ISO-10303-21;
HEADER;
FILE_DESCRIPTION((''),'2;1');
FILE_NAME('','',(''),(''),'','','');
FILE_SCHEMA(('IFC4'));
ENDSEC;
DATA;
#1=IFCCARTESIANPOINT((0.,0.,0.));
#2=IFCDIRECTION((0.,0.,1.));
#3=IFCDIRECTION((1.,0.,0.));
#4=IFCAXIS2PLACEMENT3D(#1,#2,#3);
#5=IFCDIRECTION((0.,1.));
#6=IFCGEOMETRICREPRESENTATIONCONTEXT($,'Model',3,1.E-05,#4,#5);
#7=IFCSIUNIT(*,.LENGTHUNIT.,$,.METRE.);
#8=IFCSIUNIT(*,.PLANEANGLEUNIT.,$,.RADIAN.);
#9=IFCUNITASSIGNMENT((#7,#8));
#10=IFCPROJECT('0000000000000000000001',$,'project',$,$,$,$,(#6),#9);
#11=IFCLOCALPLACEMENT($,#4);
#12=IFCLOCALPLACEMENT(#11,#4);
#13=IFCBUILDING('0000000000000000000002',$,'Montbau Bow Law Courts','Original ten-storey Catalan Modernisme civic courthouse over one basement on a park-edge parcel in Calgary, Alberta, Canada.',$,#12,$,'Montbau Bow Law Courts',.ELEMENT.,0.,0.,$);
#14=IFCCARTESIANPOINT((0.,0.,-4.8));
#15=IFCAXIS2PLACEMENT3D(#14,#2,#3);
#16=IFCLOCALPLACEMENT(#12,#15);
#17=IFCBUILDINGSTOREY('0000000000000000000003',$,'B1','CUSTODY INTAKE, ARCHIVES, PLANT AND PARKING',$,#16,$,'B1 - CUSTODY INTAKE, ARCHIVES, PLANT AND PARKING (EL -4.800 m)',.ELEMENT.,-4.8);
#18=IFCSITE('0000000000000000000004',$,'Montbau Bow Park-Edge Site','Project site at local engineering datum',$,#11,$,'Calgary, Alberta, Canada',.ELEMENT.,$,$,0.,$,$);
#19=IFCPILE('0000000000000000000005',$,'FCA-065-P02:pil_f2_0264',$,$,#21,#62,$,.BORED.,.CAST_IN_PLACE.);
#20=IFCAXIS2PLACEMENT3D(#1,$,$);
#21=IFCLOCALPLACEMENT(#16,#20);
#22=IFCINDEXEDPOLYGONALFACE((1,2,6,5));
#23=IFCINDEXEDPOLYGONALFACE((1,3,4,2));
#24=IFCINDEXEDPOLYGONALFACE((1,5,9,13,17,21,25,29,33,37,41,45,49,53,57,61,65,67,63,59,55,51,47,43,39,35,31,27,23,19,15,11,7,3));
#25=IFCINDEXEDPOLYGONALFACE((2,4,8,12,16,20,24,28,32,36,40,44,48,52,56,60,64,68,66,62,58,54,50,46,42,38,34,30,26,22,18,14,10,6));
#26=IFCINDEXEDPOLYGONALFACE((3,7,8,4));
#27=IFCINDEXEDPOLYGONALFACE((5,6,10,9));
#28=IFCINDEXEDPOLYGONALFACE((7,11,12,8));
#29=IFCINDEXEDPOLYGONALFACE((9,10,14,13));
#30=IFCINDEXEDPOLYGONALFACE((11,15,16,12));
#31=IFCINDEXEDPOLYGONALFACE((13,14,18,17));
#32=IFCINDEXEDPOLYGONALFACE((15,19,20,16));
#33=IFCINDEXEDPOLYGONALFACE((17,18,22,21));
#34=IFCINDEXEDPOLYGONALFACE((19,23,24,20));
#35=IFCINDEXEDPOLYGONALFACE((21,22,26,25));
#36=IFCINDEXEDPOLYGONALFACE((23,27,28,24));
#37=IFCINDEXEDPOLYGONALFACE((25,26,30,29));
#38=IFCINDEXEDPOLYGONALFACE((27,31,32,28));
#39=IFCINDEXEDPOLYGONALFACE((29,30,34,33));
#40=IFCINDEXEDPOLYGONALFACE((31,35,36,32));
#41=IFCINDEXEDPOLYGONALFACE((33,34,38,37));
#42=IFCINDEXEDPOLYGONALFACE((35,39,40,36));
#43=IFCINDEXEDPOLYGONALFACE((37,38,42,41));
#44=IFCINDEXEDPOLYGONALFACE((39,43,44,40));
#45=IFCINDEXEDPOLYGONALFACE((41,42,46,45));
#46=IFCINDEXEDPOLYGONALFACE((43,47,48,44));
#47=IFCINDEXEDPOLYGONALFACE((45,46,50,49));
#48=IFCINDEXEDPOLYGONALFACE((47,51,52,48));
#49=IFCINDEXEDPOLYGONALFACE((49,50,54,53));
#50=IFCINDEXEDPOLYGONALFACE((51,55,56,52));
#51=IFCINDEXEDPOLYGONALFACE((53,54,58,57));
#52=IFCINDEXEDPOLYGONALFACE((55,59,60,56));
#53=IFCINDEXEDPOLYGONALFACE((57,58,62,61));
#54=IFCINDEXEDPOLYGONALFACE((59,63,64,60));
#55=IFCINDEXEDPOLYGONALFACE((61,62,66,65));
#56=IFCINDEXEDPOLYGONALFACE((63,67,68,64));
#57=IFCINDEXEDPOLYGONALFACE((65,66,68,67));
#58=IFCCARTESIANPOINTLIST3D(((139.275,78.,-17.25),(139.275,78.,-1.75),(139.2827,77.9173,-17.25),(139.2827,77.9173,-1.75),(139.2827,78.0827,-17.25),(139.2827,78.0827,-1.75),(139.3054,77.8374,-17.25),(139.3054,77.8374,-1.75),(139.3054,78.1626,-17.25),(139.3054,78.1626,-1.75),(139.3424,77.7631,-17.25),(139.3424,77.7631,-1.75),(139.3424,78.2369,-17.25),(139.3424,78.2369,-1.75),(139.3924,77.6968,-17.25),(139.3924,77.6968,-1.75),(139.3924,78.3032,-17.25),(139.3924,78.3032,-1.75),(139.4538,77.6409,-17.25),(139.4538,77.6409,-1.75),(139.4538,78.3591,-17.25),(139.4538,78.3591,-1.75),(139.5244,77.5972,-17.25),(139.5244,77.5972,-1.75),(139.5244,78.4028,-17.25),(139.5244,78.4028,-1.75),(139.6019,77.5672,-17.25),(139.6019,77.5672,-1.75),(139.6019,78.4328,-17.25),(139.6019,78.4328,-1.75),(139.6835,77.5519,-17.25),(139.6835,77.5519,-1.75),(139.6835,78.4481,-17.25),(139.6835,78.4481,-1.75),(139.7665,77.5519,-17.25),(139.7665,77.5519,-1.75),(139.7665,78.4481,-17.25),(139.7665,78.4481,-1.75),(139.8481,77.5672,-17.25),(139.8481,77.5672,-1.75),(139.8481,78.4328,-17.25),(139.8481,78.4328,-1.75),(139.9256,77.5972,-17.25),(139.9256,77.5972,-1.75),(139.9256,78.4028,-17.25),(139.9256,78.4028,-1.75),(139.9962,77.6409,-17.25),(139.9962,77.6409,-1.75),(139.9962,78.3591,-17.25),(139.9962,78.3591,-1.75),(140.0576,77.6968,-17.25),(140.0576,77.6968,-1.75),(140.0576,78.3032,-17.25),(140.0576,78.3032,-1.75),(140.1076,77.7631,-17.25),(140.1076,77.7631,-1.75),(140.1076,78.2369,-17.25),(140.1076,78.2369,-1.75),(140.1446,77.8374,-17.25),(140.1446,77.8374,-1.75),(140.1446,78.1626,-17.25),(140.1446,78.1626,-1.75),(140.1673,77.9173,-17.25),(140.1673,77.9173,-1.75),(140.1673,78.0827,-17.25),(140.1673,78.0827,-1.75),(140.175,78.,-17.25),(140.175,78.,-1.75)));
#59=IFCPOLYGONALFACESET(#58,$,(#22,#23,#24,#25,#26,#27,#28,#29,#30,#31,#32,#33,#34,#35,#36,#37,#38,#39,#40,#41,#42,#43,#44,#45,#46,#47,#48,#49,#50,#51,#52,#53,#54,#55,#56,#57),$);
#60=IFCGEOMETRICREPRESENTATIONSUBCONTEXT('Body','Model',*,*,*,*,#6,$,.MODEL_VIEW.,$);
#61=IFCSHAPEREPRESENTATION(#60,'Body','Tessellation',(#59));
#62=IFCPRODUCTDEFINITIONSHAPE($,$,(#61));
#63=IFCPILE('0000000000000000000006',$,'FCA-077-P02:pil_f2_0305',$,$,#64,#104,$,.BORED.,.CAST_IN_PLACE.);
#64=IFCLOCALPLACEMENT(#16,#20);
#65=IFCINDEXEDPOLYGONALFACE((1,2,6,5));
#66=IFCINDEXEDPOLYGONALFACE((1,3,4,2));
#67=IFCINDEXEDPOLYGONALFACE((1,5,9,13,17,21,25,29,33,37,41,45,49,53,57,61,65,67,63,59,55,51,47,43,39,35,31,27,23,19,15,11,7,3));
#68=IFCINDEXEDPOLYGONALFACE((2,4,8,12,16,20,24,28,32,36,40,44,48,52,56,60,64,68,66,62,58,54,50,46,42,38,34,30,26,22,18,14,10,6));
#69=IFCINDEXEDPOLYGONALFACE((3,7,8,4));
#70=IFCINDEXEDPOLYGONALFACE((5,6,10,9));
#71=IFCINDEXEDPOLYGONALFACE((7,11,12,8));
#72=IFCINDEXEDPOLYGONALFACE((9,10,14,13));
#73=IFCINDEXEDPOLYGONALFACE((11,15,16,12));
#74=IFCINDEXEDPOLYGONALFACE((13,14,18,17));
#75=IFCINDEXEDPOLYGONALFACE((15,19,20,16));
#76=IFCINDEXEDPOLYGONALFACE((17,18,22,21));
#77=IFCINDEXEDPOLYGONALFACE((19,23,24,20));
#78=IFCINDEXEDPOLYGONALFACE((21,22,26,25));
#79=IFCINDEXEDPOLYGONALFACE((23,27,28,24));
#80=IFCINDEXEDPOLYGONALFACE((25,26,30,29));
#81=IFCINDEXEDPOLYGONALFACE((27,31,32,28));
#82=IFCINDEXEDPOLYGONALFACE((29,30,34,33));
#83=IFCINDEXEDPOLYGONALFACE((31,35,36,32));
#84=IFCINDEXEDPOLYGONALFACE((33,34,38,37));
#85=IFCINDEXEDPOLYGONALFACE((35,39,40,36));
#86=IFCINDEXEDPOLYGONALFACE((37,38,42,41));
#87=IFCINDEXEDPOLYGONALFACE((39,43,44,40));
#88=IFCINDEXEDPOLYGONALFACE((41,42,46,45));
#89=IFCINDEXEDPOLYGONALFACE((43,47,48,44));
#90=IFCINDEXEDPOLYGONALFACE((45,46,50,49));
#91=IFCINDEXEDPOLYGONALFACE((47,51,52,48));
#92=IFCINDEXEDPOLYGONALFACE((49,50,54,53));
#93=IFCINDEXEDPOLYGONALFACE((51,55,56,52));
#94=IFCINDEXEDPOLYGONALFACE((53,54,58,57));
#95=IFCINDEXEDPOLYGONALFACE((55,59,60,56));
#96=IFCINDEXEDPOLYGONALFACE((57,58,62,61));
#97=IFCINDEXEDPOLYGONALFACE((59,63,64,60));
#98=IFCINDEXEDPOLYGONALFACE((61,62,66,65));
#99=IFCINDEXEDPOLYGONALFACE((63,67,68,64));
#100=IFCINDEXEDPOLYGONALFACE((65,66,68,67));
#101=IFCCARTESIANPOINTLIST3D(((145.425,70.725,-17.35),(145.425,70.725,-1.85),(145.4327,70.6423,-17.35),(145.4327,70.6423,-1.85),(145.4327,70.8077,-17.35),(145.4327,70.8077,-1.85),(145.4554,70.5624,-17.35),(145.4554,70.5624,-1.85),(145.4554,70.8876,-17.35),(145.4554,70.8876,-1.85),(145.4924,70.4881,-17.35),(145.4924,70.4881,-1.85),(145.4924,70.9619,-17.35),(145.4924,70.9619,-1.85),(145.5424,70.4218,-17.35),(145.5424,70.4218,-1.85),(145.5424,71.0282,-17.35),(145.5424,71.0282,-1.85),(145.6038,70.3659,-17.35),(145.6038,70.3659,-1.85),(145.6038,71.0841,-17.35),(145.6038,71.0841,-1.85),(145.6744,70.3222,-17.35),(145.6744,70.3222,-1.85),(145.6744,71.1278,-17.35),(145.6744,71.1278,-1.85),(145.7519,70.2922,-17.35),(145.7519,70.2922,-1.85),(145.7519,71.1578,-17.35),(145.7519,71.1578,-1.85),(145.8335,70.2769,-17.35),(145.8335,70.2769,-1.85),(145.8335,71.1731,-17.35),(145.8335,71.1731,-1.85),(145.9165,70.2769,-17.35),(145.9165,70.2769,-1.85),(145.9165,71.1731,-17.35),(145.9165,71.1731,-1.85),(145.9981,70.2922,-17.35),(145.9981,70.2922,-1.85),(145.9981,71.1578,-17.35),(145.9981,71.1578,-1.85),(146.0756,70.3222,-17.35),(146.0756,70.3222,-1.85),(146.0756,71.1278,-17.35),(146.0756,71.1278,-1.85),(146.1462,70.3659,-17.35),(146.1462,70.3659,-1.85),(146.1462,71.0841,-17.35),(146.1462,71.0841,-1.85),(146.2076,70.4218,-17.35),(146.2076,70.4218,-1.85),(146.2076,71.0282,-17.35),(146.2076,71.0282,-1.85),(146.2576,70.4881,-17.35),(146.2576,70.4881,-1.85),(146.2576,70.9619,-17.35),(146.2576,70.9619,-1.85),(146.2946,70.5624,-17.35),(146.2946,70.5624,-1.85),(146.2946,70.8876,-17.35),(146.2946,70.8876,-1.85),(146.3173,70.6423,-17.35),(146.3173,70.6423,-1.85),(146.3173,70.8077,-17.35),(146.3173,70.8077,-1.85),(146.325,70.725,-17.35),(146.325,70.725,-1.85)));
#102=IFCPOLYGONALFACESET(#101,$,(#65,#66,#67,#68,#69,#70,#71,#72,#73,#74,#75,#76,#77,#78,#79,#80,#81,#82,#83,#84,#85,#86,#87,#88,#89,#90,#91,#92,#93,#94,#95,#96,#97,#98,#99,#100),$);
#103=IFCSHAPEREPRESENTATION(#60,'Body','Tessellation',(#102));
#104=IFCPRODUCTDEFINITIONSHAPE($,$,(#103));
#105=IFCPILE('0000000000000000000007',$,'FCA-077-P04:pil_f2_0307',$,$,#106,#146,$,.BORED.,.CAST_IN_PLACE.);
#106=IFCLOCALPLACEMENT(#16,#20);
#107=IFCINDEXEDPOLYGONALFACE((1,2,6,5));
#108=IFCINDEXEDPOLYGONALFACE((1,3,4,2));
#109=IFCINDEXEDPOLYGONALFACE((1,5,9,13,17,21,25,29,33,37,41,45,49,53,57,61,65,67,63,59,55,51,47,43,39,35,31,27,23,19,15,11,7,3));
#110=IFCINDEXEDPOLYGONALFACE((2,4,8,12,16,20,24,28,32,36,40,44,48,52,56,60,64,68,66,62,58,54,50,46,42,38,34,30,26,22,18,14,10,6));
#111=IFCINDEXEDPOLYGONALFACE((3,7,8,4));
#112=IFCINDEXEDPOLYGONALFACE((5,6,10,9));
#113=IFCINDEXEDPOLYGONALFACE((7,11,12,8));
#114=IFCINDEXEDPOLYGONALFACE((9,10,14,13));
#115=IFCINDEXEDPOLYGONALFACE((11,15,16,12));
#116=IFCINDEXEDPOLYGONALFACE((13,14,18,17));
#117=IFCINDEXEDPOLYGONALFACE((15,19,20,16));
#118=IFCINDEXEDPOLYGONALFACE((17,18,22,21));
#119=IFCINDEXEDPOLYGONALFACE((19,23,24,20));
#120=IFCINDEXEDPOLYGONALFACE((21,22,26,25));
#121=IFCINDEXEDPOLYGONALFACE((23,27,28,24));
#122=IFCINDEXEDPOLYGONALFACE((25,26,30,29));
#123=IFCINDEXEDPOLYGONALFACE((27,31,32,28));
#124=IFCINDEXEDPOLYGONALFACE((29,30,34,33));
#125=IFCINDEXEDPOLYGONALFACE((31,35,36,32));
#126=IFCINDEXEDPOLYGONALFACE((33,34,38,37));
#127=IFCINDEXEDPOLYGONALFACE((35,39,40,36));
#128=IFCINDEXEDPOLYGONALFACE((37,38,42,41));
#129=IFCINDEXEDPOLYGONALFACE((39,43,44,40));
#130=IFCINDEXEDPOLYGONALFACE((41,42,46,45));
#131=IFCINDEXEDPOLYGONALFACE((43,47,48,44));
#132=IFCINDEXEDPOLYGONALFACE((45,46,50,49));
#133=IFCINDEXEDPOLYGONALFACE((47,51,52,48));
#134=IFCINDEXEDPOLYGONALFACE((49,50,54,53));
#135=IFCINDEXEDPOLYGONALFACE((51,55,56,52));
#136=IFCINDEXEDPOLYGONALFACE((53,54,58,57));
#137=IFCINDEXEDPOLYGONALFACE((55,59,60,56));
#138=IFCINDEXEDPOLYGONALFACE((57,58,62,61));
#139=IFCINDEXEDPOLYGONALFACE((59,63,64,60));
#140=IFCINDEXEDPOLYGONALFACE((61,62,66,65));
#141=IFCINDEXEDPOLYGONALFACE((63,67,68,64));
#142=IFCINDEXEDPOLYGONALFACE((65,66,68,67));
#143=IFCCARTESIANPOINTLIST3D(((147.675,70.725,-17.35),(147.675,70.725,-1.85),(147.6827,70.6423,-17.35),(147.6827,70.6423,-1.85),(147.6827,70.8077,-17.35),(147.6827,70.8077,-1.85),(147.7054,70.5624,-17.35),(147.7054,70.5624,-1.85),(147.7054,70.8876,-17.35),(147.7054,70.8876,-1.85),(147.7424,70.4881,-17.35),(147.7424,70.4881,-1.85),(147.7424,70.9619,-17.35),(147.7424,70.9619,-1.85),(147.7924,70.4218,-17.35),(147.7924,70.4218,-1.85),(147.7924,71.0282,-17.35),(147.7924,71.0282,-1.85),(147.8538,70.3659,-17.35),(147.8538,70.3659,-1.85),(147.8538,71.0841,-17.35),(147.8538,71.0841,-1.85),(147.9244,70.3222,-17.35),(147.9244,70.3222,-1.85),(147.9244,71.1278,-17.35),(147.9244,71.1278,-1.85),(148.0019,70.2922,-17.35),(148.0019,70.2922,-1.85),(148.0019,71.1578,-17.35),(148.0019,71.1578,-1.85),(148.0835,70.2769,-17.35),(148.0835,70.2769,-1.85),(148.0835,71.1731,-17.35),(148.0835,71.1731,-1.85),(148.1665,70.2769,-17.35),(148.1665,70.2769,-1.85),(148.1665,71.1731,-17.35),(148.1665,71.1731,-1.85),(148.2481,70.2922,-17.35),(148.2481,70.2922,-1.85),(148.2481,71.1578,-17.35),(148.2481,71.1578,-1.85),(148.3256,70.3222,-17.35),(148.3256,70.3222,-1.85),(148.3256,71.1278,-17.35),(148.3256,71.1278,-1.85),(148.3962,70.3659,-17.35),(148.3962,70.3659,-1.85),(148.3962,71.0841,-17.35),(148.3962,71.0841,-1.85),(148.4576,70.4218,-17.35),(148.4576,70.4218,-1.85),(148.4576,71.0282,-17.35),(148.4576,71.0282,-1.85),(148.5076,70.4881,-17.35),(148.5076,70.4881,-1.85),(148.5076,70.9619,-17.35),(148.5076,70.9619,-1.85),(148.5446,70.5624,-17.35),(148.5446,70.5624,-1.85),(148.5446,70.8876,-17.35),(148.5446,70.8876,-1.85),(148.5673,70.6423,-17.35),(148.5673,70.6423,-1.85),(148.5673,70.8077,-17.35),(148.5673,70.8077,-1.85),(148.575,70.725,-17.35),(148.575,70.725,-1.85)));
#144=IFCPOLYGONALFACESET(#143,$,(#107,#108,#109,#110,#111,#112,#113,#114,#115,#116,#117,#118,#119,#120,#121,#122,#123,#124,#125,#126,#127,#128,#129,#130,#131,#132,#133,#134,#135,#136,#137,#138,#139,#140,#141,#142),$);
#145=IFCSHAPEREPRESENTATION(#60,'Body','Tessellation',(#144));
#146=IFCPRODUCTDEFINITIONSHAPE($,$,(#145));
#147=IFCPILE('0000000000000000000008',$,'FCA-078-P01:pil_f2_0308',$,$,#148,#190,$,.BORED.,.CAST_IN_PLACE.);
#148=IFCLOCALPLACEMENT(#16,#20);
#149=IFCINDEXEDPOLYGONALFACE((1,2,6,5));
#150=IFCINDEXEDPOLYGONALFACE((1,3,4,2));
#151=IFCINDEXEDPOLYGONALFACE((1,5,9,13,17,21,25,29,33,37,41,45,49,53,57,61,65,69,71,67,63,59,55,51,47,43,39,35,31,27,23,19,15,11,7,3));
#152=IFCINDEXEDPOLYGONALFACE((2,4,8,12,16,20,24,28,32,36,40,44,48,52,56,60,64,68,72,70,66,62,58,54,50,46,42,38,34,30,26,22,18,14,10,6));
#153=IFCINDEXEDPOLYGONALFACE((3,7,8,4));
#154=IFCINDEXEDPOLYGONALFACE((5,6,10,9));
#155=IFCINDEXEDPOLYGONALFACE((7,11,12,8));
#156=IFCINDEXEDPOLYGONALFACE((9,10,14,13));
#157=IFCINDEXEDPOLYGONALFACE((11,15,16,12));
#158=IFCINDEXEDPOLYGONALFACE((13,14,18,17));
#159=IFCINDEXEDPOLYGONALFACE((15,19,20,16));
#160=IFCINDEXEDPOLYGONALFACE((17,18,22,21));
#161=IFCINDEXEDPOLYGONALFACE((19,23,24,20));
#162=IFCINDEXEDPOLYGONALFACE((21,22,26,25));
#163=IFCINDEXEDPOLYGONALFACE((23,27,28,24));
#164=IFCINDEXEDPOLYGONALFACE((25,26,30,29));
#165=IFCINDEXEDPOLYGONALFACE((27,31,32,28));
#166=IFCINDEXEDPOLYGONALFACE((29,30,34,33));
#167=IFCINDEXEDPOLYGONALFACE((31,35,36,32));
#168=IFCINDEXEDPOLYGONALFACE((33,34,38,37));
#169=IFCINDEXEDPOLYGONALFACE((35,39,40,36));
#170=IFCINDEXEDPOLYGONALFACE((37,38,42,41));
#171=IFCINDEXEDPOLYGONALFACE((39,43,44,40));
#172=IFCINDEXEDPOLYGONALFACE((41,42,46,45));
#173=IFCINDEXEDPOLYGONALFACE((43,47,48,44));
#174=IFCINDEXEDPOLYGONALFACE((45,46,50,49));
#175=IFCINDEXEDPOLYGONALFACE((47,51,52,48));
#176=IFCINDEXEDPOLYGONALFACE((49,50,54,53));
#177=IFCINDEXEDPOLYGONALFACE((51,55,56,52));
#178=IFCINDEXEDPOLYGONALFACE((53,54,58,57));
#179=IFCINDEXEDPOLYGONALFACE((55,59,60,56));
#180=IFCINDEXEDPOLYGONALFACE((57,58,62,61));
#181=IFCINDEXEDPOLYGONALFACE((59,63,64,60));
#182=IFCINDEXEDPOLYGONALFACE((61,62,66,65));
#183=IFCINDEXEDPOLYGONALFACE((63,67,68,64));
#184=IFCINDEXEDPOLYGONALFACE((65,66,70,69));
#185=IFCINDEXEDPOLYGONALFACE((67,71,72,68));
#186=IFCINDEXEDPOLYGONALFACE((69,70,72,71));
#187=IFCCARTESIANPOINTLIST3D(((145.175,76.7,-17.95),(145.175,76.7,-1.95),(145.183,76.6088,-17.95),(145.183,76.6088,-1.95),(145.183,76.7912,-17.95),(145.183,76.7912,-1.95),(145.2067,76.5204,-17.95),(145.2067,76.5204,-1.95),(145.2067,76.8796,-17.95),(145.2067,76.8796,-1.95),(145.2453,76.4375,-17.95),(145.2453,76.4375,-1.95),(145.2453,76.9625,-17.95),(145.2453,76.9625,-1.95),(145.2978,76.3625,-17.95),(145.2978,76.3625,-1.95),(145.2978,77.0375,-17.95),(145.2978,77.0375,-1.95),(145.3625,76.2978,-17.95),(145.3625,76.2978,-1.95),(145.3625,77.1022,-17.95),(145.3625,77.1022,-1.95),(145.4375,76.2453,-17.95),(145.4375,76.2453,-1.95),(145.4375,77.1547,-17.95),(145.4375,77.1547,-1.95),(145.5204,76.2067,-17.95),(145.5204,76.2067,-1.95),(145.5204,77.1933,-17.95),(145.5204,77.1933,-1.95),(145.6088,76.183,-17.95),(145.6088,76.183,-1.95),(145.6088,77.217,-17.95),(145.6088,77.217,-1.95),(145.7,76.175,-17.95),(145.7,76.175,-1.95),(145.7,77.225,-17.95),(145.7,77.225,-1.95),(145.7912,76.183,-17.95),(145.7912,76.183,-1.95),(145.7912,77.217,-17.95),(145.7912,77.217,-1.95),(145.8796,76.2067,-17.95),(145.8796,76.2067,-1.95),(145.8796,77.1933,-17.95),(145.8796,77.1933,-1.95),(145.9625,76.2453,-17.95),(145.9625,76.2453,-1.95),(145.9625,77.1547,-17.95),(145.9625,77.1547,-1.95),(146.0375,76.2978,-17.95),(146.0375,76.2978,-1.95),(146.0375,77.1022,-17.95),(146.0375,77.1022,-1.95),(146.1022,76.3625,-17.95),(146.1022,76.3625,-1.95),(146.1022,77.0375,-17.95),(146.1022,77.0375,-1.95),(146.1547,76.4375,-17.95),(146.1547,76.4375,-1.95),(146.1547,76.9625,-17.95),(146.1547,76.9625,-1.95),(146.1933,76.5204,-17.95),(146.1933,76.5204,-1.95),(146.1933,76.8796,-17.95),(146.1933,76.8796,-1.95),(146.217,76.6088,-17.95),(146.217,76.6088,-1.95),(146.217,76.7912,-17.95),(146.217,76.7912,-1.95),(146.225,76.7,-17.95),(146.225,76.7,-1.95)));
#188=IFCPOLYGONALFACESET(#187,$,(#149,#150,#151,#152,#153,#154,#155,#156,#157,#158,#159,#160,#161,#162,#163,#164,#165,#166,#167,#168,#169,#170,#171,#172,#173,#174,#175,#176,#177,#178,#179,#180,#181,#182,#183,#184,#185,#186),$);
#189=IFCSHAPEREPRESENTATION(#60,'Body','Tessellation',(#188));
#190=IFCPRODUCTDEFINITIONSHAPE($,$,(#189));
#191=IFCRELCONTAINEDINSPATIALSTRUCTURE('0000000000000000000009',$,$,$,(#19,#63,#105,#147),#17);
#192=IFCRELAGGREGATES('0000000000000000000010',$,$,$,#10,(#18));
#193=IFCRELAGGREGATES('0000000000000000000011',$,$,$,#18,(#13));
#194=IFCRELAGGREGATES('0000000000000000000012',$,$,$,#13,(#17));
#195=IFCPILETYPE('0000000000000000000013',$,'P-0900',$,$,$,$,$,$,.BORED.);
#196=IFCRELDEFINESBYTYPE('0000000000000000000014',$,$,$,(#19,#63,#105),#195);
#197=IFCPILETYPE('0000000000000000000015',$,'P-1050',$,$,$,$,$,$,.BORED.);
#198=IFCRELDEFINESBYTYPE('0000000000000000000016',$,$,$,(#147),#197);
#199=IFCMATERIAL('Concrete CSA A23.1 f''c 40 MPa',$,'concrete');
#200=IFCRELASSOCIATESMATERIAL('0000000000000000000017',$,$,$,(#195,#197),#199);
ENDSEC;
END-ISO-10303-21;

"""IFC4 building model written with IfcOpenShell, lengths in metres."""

from ifc_helpers import new_model, si_unit, direction, frame, origin_with_axes, origin_2d_with_axis, place, context, subcontext, project, spatial, circle, extrude, material, material_profile, profile_set, type_object, element, save


model = new_model("IFC4")

# Units and contexts
model_context = context("Model", 3, precision=1e-05, world=origin_with_axes(), true_north=direction((0.0, 1.0)))
body_context = subcontext(model_context, "Body", "Model", "MODEL_VIEW")
ifc_project = project(units=[si_unit("LENGTHUNIT", "METRE"), si_unit("PLANEANGLEUNIT", "RADIAN")], contexts=[model_context])

# Site, building, storey
site_placement = place(None, origin_with_axes())
site = spatial("IfcSite", under=ifc_project, at=site_placement, Name="Montbau Bow Park-Edge Site", Description="Project site at local engineering datum", LongName="Calgary, Alberta, Canada", CompositionType="ELEMENT", RefElevation=0.0)
building_placement = place(site_placement, origin_with_axes())
building = spatial("IfcBuilding", under=site, at=building_placement, Name="Montbau Bow Law Courts", Description="Original ten-storey Catalan Modernisme civic courthouse over one basement on a park-edge parcel in Calgary, Alberta, Canada.", LongName="Montbau Bow Law Courts", CompositionType="ELEMENT", ElevationOfRefHeight=0.0, ElevationOfTerrain=0.0)
storey_placement = place(building_placement, frame((0.0, 0.0, -4.8), z_axis=(0.0, 0.0, 1.0), x_axis=(1.0, 0.0, 0.0)))
storey = spatial("IfcBuildingStorey", under=building, at=storey_placement, Name="B1", Description="CUSTODY INTAKE, ARCHIVES, PLANT AND PARKING", LongName="B1 - CUSTODY INTAKE, ARCHIVES, PLANT AND PARKING (EL -4.800 m)", CompositionType="ELEMENT", Elevation=-4.8)

# Piles
ifc_material_1 = material(Name="Concrete CSA A23.1 f'c 40 MPa", Category="concrete")
ifc_material_profile_1 = material_profile(ifc_material_1, circle(Radius=0.45, at=origin_2d_with_axis()), Name="BP900", Category="Main", Priority=0)
ifc_profile_set_1 = profile_set([ifc_material_profile_1], Name="Concrete CSA A23.1 f'c 40 MPa")
pile_type_1 = type_object("IfcPileType", Name="P-0900", PredefinedType="BORED", material=ifc_profile_set_1)
for number, where, z_axis, x_axis, name in (
    (1, (139.725, 78.0, -22.05), (0.0, 0.0, 1.0), (1.0, 0.0, 0.0), "FCA-065-P02:pil_f2_0264"),
    (2, (145.875, 70.725, -22.15), (0.0, 0.0, 1.0), (1.0, 0.0, 0.0), "FCA-077-P02:pil_f2_0305"),
    (3, (148.125, 70.725, -22.15), (0.0, 0.0, 1.0), (1.0, 0.0, 0.0), "FCA-077-P04:pil_f2_0307"),
):
    element("IfcPile", number, at=place(None, frame(where, z_axis=z_axis, x_axis=x_axis)), inside=storey, type_object=pile_type_1, Name=name, ConstructionType="CAST_IN_PLACE", PredefinedType="BORED", context=body_context, shape_type="SweptSolid", body=[
        extrude(circle(Radius=0.45, at=origin_2d_with_axis()), origin_with_axes(), (0.0, 0.0, 1.0), 15.5),
    ])
ifc_material_profile_2 = material_profile(ifc_material_1, circle(Radius=0.525, at=origin_2d_with_axis()), Name="BP1050", Category="Main", Priority=0)
ifc_profile_set_2 = profile_set([ifc_material_profile_2], Name="Concrete CSA A23.1 f'c 40 MPa")
pile_type_2 = type_object("IfcPileType", Name="P-1050", PredefinedType="BORED", material=ifc_profile_set_2)
for number, where, z_axis, x_axis, name in (
    (4, (145.7, 76.7, -22.75), (0.0, 0.0, 1.0), (1.0, 0.0, 0.0), "FCA-078-P01:pil_f2_0308"),
):
    element("IfcPile", number, at=place(None, frame(where, z_axis=z_axis, x_axis=x_axis)), inside=storey, type_object=pile_type_2, Name=name, ConstructionType="CAST_IN_PLACE", PredefinedType="BORED", context=body_context, shape_type="SweptSolid", body=[
        extrude(circle(Radius=0.525, at=origin_2d_with_axis()), origin_with_axes(), (0.0, 0.0, 1.0), 16.0),
    ])

save(model, "model.ifc")
